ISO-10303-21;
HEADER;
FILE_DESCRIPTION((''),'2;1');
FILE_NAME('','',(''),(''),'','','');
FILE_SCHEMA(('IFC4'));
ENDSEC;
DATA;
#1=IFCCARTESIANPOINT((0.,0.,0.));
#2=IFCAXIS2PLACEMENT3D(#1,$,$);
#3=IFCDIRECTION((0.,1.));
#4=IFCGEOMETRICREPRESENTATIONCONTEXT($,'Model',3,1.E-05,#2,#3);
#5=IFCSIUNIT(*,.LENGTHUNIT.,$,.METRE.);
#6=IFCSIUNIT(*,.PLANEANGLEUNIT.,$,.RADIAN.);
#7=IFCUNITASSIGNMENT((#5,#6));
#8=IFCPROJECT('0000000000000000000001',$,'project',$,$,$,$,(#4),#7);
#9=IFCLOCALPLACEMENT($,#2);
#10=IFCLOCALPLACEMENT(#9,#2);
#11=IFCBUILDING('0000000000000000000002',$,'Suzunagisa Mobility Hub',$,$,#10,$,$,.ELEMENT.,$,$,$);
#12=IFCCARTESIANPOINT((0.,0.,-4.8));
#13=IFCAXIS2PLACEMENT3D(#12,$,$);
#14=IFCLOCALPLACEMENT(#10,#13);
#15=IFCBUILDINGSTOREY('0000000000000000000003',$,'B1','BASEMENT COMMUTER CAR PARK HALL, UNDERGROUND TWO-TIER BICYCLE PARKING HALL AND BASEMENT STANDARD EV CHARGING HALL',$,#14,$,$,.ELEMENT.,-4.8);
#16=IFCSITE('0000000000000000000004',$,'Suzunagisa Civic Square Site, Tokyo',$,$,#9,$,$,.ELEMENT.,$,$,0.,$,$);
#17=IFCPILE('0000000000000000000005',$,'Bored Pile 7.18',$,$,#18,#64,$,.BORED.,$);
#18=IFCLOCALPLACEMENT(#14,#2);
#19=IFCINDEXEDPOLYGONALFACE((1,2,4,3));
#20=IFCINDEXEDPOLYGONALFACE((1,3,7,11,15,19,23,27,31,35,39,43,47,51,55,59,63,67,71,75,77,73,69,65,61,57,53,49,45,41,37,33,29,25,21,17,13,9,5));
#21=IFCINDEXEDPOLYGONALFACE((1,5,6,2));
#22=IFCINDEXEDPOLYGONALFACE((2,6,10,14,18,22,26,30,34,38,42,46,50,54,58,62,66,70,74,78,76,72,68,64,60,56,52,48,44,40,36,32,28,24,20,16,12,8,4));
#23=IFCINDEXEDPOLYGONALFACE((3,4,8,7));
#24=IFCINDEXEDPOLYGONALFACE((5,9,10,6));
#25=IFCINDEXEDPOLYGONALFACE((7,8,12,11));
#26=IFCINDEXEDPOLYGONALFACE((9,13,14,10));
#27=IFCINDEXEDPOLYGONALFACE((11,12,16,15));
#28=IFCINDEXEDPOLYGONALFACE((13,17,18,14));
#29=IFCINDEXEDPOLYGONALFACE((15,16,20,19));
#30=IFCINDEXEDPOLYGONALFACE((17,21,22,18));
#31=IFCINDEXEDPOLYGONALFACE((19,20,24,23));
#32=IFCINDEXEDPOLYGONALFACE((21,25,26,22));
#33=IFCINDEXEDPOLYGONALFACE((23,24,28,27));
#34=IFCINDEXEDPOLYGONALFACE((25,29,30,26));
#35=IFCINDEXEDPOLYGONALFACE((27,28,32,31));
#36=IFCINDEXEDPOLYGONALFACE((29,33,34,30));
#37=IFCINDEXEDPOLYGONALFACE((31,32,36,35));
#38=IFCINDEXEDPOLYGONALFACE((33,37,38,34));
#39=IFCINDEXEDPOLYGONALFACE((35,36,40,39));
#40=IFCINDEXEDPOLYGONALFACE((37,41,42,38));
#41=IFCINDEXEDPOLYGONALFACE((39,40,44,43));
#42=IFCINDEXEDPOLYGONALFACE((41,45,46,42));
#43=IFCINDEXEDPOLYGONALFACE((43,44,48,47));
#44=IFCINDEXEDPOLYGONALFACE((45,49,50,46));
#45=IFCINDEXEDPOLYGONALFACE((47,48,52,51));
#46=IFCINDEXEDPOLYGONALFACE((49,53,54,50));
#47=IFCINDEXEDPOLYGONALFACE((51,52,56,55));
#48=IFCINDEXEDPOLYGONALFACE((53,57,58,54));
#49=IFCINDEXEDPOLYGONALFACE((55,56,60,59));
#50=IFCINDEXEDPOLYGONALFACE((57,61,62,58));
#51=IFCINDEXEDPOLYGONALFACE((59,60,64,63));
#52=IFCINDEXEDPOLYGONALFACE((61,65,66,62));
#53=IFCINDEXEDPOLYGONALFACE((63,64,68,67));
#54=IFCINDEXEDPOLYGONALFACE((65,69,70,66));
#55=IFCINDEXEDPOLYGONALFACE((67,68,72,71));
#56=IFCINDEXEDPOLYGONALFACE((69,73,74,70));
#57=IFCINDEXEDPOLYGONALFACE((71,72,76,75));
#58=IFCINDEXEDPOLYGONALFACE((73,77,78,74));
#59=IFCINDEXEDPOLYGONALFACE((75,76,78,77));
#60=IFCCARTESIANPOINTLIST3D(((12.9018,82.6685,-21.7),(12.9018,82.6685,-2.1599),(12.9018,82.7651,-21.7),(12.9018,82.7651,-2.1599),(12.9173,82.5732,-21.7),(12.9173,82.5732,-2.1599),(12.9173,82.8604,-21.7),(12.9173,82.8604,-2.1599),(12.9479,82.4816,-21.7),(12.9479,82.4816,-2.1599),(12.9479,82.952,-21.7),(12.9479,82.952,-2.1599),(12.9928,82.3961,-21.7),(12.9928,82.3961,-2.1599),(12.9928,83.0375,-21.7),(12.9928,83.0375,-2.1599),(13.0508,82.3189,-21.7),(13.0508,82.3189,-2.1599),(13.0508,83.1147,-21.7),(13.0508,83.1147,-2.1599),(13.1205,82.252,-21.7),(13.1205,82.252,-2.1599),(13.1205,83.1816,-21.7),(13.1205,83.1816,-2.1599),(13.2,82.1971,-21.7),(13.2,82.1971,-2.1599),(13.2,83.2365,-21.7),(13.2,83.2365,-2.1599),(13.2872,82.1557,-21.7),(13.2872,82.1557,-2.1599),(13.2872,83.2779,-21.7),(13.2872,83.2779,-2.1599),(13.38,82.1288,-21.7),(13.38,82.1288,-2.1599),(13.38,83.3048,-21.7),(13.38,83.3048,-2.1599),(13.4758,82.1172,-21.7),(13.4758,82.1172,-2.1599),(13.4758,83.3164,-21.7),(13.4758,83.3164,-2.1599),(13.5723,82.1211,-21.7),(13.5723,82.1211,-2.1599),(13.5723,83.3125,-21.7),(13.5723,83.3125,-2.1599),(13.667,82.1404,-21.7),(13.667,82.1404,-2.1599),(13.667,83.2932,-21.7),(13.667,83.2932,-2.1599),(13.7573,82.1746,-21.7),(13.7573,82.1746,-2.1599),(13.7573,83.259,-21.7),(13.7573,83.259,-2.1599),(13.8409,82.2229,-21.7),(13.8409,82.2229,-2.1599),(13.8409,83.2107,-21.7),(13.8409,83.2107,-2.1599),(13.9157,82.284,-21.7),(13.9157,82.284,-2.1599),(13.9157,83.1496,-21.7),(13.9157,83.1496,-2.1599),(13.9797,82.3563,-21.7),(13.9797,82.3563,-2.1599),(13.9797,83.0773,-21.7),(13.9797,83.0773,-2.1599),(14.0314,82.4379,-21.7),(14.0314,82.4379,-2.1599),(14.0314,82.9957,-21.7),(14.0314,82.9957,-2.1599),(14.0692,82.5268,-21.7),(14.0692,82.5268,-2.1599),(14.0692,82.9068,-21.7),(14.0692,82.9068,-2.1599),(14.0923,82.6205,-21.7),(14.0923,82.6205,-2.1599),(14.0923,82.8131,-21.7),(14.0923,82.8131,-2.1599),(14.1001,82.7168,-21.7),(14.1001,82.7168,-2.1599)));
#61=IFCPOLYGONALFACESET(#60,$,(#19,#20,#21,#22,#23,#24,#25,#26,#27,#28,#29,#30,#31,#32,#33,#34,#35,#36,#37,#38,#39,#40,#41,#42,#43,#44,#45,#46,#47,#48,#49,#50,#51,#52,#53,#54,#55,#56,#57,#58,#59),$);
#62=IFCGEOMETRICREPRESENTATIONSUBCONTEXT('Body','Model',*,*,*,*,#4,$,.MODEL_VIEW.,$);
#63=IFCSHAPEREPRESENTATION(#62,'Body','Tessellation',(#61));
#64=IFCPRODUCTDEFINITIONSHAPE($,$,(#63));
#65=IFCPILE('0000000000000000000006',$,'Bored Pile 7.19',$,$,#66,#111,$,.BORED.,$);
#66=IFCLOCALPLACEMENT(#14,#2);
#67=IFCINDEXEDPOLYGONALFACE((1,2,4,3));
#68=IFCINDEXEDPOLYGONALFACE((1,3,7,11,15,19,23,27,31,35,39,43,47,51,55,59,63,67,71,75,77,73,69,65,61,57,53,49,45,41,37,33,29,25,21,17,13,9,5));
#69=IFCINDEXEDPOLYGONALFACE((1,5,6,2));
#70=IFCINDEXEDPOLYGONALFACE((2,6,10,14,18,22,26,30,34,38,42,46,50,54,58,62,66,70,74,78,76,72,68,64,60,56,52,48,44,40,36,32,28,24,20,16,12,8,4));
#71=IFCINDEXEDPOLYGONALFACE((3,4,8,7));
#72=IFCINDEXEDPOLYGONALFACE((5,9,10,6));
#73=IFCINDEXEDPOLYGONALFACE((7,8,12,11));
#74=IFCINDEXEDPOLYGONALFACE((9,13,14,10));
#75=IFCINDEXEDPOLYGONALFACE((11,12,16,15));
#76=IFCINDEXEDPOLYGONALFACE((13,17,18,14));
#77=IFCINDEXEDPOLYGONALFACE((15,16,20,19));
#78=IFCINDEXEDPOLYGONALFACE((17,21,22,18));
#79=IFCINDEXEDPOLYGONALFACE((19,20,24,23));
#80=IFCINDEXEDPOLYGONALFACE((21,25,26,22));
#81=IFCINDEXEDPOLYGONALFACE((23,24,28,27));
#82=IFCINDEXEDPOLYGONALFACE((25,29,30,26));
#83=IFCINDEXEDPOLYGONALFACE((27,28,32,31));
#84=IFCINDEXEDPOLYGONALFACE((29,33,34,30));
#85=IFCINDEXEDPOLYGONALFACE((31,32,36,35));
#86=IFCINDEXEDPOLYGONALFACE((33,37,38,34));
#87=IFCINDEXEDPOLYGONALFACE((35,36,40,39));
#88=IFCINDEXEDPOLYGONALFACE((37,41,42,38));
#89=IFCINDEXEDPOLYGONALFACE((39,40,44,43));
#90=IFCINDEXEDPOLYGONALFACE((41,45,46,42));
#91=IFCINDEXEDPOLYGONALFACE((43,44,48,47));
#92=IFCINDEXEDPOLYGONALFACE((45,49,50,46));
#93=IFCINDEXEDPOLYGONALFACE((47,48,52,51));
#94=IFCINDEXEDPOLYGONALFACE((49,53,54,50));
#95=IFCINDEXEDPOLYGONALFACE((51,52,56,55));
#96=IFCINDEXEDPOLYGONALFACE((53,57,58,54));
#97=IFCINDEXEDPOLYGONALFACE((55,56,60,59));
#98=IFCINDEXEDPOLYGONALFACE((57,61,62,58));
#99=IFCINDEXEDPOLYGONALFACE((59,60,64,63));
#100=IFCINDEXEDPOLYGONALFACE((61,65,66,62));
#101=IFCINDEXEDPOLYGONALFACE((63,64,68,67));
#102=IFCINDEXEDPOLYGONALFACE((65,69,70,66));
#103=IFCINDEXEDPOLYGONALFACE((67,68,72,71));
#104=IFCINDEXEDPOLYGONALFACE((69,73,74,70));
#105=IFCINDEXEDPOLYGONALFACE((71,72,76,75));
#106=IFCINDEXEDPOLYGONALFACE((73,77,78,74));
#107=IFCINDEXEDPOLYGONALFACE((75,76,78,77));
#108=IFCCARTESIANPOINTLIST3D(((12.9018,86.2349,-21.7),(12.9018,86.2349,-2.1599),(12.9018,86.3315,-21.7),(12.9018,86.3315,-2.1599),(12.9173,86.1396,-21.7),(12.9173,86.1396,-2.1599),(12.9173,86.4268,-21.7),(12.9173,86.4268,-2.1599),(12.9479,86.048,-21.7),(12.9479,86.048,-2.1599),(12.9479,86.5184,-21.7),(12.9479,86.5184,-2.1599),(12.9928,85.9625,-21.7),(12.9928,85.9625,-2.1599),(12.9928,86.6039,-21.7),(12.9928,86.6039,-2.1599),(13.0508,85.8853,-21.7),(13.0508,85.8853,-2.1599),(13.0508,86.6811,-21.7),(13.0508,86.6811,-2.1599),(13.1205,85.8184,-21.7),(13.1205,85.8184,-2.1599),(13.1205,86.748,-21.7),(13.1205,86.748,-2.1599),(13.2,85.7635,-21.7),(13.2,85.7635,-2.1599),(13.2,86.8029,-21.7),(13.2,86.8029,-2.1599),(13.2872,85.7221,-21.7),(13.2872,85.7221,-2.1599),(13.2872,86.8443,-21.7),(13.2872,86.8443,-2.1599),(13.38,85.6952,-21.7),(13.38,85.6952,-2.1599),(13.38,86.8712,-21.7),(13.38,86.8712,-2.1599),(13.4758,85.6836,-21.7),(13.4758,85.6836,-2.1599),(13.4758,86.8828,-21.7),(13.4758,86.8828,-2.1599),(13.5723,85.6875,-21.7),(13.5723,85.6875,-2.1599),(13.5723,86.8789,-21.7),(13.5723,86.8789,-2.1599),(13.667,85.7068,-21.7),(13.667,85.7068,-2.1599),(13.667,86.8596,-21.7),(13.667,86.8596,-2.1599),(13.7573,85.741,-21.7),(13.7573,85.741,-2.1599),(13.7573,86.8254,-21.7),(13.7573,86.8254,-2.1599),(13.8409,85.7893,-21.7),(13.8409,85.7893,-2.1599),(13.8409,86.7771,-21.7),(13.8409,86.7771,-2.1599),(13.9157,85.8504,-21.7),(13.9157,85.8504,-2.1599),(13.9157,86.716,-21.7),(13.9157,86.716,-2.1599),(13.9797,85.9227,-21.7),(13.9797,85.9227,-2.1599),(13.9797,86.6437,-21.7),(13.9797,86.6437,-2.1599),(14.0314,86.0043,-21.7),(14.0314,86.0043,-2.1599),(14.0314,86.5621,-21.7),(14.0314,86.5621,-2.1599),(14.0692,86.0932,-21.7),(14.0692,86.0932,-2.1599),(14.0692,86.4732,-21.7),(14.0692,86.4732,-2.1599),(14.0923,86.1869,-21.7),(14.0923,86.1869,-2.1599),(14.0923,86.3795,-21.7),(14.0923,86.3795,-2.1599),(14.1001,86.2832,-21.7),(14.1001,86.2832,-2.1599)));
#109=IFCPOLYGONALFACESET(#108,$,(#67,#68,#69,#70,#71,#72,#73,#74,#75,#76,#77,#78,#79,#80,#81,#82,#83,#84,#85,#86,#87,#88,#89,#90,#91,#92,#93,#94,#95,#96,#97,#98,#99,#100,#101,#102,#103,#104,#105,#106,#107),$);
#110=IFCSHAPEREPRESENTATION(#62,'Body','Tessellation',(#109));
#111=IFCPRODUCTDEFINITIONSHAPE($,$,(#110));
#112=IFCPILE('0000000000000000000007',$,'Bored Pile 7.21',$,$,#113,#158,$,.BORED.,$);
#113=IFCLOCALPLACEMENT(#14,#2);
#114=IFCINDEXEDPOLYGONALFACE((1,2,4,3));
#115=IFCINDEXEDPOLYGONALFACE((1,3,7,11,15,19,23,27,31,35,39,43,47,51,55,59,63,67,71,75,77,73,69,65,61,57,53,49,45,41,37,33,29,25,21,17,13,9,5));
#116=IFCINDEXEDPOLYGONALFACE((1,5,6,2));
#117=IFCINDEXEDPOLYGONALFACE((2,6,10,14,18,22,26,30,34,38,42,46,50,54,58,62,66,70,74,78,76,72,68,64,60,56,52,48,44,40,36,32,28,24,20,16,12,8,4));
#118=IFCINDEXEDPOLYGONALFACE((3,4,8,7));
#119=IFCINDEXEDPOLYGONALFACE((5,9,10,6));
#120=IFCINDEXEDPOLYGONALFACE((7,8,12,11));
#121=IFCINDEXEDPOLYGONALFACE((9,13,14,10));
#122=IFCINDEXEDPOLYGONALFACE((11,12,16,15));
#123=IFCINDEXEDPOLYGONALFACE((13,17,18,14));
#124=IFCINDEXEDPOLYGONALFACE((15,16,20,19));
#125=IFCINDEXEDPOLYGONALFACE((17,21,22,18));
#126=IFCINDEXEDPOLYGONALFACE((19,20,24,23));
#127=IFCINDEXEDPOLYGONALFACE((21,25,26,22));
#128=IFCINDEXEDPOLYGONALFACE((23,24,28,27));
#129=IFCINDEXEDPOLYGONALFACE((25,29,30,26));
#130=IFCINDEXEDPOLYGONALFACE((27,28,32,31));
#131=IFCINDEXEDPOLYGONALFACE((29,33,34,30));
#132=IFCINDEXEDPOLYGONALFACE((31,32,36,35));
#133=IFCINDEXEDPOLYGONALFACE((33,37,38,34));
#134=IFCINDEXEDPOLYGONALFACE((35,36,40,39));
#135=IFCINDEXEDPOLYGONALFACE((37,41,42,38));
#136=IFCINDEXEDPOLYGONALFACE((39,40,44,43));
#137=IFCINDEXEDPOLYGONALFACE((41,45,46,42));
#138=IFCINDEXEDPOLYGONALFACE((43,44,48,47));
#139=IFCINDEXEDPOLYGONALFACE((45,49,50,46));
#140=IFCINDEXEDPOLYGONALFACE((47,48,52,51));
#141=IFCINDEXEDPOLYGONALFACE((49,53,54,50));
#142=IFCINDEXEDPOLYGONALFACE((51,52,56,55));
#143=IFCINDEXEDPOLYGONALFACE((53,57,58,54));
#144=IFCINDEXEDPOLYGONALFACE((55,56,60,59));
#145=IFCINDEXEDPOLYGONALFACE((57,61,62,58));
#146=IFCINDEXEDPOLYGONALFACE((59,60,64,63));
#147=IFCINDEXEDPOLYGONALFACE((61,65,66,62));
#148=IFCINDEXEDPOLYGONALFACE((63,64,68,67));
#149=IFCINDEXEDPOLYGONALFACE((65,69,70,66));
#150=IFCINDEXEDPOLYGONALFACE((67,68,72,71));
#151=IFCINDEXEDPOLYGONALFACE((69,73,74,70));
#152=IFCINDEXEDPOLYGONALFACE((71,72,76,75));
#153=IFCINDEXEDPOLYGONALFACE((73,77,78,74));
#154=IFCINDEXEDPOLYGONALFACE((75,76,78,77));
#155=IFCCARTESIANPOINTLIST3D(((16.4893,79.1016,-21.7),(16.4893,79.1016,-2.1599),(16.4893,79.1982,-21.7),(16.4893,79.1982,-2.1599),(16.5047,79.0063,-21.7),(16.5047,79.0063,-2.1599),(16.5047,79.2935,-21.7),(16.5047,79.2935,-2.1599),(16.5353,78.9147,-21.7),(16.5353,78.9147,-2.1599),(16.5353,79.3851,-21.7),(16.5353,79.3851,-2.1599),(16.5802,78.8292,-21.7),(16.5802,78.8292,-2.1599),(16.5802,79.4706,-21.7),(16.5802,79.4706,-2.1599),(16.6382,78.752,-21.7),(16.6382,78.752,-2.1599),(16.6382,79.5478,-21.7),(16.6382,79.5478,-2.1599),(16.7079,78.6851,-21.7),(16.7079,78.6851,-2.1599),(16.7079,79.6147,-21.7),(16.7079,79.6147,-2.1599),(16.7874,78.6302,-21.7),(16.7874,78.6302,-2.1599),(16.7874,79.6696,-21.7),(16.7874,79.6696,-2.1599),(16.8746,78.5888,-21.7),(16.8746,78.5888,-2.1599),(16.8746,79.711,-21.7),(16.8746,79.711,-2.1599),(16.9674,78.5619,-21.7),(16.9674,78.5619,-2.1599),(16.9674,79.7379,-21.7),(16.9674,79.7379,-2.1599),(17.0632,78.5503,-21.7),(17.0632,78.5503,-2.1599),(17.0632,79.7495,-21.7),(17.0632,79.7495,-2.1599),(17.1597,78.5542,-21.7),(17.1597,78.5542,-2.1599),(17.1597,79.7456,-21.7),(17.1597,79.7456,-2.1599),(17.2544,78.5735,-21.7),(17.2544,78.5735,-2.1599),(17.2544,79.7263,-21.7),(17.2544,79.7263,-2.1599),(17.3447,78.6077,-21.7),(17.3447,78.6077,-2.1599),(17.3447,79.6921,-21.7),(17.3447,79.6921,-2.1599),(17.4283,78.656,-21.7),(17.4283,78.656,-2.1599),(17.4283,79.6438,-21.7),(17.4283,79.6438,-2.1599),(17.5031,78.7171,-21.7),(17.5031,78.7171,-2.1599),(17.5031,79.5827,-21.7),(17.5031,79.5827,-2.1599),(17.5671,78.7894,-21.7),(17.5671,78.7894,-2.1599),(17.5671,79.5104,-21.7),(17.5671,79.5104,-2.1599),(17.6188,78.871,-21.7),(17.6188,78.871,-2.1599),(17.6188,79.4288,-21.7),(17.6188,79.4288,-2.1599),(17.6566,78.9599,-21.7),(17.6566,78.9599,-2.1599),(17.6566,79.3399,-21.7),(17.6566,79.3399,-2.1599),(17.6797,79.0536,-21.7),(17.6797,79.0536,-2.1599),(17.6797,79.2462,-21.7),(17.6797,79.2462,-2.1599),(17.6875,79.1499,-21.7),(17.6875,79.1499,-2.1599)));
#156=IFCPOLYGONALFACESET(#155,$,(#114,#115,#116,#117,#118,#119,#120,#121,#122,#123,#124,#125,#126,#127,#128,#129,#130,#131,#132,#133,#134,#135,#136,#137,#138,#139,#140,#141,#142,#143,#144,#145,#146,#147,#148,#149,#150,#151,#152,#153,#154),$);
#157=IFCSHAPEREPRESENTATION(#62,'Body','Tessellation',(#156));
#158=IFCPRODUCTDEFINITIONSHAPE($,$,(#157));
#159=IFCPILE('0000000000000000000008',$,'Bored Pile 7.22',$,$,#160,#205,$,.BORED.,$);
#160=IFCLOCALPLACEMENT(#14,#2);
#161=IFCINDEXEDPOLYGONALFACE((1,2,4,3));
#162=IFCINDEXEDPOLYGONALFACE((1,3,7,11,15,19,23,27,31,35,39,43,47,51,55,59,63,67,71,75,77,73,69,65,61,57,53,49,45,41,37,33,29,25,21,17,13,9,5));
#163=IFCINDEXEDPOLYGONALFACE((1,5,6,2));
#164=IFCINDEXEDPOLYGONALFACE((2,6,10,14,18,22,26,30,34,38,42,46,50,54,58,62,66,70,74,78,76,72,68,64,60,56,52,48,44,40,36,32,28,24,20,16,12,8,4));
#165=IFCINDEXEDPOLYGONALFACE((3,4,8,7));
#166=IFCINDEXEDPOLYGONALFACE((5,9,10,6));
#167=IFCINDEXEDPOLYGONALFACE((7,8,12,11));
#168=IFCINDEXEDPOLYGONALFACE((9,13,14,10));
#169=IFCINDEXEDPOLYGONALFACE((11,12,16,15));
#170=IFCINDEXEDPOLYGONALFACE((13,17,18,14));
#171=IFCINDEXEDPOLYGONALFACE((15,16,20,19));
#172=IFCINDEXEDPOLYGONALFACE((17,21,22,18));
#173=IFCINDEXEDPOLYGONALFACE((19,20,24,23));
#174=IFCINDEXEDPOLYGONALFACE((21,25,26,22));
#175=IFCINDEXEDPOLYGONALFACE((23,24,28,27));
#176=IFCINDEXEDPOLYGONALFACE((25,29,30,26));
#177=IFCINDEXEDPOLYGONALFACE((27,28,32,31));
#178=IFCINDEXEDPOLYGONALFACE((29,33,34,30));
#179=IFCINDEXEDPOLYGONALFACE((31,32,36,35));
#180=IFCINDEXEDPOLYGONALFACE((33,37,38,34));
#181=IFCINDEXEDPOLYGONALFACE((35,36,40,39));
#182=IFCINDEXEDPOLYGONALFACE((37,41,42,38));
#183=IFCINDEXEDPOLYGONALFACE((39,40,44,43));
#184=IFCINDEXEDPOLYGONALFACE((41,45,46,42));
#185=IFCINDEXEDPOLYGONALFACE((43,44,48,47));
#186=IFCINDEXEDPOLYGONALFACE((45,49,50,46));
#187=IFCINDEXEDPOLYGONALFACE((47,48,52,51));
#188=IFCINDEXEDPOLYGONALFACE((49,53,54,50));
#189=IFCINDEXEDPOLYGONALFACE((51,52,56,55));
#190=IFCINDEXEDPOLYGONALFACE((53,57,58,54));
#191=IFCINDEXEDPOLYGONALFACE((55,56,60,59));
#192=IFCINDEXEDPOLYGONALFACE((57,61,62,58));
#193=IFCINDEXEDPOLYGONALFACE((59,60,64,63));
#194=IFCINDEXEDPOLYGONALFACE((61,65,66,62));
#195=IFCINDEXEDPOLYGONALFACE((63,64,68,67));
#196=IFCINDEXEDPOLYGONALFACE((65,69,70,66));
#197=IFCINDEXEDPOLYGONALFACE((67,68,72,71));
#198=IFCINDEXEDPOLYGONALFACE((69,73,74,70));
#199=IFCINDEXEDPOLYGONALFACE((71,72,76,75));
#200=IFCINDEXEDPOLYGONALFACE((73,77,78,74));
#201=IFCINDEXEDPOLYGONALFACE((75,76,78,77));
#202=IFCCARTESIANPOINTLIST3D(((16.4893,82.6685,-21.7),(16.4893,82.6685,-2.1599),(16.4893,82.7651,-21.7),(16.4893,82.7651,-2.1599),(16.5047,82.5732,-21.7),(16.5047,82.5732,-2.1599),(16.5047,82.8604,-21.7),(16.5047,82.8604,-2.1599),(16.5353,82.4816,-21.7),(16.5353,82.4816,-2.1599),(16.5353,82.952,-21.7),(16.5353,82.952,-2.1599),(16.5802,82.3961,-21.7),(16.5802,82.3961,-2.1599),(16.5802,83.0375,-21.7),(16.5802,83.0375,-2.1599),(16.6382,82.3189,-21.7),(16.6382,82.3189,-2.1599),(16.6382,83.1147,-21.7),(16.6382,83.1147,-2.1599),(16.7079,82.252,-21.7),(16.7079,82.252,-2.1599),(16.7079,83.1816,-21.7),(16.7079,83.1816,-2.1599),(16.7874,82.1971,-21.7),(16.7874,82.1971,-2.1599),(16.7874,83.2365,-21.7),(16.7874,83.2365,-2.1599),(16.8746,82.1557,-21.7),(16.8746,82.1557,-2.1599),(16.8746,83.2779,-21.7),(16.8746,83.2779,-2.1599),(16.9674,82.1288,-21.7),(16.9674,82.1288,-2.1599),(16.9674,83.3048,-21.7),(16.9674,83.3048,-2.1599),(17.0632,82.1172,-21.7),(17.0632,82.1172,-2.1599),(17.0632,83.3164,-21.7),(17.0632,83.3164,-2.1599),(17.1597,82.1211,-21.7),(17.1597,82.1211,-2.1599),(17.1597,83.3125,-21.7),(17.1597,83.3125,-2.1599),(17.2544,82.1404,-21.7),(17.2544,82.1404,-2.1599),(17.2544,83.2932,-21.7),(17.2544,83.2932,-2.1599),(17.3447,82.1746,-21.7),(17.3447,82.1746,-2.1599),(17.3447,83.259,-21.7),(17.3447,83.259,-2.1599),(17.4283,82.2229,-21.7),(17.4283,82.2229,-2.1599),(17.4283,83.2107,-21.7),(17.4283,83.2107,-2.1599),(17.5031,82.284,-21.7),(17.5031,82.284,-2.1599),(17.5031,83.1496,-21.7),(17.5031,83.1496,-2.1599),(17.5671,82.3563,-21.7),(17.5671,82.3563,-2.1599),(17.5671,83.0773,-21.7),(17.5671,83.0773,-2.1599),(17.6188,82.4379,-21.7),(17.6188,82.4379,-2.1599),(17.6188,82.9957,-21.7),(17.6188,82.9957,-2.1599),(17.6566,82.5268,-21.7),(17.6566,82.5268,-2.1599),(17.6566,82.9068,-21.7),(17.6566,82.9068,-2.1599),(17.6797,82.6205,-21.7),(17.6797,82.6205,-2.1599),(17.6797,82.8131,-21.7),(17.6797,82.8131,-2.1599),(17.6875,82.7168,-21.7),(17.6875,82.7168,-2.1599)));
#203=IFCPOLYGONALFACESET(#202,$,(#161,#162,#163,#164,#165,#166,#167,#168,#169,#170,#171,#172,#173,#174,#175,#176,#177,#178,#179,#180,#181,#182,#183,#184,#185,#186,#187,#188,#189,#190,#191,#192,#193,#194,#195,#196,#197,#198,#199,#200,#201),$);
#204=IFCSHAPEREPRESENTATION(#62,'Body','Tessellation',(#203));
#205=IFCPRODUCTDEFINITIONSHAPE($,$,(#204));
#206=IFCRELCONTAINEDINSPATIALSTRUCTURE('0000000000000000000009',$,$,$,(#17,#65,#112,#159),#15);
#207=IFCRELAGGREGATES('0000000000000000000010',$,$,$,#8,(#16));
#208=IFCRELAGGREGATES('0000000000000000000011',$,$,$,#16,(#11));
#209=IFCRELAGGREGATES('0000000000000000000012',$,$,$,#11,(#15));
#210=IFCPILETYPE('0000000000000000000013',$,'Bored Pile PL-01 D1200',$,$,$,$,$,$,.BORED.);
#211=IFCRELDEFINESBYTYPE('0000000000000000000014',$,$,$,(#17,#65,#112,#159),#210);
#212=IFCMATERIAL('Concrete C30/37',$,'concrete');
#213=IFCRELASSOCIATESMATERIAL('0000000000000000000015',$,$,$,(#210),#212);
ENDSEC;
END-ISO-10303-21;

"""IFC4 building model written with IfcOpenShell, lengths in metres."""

from ifc_helpers import new_model, si_unit, direction, frame, origin, origin_2d, place, context, subcontext, project, spatial, circle, extrude, material, material_profile, profile_set, type_object, element, save


model = new_model("IFC4")

# Units and contexts
model_context = context("Model", 3, precision=1e-05, world=origin(), true_north=direction((0.0, 1.0)))
body_context = subcontext(model_context, "Body", "Model", "MODEL_VIEW")
ifc_project = project(units=[si_unit("LENGTHUNIT", "METRE"), si_unit("PLANEANGLEUNIT", "RADIAN")], contexts=[model_context])

# Site, building, storey
site_placement = place(None, origin())
site = spatial("IfcSite", under=ifc_project, at=site_placement, Name="Suzunagisa Civic Square Site, Tokyo", CompositionType="ELEMENT", RefElevation=0.0)
building_placement = place(site_placement, origin())
building = spatial("IfcBuilding", under=site, at=building_placement, Name="Suzunagisa Mobility Hub", CompositionType="ELEMENT")
storey_placement = place(building_placement, frame((0.0, 0.0, -4.8)))
storey = spatial("IfcBuildingStorey", under=building, at=storey_placement, Name="B1", Description="BASEMENT COMMUTER CAR PARK HALL, UNDERGROUND TWO-TIER BICYCLE PARKING HALL AND BASEMENT STANDARD EV CHARGING HALL", CompositionType="ELEMENT", Elevation=-4.8)

# Piles
ifc_material_1 = material(Name="Concrete C30/37", Category="concrete")
ifc_material_profile_1 = material_profile(ifc_material_1, circle(Radius=0.6001, at=origin_2d()), Name="BORED PILE D1200")
ifc_profile_set_1 = profile_set([ifc_material_profile_1], Name="Concrete C30/37")
pile_type_1 = type_object("IfcPileType", Name="Bored Pile PL-01 D1200", PredefinedType="BORED", material=ifc_profile_set_1)
for number, where, z_axis, x_axis, name in (
    (1, (13.5, 82.7168, -2.1599), (0.0, 0.0, -1.0), (1.0, 0.0, 0.0), "Bored Pile 7.18"),
    (2, (13.5, 86.2832, -2.1599), (0.0, 0.0, -1.0), (1.0, 0.0, 0.0), "Bored Pile 7.19"),
    (3, (17.0874, 79.1499, -2.1599), (0.0, 0.0, -1.0), (1.0, 0.0, 0.0), "Bored Pile 7.21"),
    (4, (17.0874, 82.7168, -2.1599), (0.0, 0.0, -1.0), (1.0, 0.0, 0.0), "Bored Pile 7.22"),
):
    element("IfcPile", number, at=place(storey_placement, frame(where, z_axis=z_axis, x_axis=x_axis)), inside=storey, type_object=pile_type_1, Name=name, PredefinedType="BORED", context=body_context, shape_type="SweptSolid", body=[
        extrude(circle(Radius=0.6001, at=origin_2d()), origin(), (0.0, 0.0, 1.0), 19.54),
    ])

save(model, "model.ifc")
